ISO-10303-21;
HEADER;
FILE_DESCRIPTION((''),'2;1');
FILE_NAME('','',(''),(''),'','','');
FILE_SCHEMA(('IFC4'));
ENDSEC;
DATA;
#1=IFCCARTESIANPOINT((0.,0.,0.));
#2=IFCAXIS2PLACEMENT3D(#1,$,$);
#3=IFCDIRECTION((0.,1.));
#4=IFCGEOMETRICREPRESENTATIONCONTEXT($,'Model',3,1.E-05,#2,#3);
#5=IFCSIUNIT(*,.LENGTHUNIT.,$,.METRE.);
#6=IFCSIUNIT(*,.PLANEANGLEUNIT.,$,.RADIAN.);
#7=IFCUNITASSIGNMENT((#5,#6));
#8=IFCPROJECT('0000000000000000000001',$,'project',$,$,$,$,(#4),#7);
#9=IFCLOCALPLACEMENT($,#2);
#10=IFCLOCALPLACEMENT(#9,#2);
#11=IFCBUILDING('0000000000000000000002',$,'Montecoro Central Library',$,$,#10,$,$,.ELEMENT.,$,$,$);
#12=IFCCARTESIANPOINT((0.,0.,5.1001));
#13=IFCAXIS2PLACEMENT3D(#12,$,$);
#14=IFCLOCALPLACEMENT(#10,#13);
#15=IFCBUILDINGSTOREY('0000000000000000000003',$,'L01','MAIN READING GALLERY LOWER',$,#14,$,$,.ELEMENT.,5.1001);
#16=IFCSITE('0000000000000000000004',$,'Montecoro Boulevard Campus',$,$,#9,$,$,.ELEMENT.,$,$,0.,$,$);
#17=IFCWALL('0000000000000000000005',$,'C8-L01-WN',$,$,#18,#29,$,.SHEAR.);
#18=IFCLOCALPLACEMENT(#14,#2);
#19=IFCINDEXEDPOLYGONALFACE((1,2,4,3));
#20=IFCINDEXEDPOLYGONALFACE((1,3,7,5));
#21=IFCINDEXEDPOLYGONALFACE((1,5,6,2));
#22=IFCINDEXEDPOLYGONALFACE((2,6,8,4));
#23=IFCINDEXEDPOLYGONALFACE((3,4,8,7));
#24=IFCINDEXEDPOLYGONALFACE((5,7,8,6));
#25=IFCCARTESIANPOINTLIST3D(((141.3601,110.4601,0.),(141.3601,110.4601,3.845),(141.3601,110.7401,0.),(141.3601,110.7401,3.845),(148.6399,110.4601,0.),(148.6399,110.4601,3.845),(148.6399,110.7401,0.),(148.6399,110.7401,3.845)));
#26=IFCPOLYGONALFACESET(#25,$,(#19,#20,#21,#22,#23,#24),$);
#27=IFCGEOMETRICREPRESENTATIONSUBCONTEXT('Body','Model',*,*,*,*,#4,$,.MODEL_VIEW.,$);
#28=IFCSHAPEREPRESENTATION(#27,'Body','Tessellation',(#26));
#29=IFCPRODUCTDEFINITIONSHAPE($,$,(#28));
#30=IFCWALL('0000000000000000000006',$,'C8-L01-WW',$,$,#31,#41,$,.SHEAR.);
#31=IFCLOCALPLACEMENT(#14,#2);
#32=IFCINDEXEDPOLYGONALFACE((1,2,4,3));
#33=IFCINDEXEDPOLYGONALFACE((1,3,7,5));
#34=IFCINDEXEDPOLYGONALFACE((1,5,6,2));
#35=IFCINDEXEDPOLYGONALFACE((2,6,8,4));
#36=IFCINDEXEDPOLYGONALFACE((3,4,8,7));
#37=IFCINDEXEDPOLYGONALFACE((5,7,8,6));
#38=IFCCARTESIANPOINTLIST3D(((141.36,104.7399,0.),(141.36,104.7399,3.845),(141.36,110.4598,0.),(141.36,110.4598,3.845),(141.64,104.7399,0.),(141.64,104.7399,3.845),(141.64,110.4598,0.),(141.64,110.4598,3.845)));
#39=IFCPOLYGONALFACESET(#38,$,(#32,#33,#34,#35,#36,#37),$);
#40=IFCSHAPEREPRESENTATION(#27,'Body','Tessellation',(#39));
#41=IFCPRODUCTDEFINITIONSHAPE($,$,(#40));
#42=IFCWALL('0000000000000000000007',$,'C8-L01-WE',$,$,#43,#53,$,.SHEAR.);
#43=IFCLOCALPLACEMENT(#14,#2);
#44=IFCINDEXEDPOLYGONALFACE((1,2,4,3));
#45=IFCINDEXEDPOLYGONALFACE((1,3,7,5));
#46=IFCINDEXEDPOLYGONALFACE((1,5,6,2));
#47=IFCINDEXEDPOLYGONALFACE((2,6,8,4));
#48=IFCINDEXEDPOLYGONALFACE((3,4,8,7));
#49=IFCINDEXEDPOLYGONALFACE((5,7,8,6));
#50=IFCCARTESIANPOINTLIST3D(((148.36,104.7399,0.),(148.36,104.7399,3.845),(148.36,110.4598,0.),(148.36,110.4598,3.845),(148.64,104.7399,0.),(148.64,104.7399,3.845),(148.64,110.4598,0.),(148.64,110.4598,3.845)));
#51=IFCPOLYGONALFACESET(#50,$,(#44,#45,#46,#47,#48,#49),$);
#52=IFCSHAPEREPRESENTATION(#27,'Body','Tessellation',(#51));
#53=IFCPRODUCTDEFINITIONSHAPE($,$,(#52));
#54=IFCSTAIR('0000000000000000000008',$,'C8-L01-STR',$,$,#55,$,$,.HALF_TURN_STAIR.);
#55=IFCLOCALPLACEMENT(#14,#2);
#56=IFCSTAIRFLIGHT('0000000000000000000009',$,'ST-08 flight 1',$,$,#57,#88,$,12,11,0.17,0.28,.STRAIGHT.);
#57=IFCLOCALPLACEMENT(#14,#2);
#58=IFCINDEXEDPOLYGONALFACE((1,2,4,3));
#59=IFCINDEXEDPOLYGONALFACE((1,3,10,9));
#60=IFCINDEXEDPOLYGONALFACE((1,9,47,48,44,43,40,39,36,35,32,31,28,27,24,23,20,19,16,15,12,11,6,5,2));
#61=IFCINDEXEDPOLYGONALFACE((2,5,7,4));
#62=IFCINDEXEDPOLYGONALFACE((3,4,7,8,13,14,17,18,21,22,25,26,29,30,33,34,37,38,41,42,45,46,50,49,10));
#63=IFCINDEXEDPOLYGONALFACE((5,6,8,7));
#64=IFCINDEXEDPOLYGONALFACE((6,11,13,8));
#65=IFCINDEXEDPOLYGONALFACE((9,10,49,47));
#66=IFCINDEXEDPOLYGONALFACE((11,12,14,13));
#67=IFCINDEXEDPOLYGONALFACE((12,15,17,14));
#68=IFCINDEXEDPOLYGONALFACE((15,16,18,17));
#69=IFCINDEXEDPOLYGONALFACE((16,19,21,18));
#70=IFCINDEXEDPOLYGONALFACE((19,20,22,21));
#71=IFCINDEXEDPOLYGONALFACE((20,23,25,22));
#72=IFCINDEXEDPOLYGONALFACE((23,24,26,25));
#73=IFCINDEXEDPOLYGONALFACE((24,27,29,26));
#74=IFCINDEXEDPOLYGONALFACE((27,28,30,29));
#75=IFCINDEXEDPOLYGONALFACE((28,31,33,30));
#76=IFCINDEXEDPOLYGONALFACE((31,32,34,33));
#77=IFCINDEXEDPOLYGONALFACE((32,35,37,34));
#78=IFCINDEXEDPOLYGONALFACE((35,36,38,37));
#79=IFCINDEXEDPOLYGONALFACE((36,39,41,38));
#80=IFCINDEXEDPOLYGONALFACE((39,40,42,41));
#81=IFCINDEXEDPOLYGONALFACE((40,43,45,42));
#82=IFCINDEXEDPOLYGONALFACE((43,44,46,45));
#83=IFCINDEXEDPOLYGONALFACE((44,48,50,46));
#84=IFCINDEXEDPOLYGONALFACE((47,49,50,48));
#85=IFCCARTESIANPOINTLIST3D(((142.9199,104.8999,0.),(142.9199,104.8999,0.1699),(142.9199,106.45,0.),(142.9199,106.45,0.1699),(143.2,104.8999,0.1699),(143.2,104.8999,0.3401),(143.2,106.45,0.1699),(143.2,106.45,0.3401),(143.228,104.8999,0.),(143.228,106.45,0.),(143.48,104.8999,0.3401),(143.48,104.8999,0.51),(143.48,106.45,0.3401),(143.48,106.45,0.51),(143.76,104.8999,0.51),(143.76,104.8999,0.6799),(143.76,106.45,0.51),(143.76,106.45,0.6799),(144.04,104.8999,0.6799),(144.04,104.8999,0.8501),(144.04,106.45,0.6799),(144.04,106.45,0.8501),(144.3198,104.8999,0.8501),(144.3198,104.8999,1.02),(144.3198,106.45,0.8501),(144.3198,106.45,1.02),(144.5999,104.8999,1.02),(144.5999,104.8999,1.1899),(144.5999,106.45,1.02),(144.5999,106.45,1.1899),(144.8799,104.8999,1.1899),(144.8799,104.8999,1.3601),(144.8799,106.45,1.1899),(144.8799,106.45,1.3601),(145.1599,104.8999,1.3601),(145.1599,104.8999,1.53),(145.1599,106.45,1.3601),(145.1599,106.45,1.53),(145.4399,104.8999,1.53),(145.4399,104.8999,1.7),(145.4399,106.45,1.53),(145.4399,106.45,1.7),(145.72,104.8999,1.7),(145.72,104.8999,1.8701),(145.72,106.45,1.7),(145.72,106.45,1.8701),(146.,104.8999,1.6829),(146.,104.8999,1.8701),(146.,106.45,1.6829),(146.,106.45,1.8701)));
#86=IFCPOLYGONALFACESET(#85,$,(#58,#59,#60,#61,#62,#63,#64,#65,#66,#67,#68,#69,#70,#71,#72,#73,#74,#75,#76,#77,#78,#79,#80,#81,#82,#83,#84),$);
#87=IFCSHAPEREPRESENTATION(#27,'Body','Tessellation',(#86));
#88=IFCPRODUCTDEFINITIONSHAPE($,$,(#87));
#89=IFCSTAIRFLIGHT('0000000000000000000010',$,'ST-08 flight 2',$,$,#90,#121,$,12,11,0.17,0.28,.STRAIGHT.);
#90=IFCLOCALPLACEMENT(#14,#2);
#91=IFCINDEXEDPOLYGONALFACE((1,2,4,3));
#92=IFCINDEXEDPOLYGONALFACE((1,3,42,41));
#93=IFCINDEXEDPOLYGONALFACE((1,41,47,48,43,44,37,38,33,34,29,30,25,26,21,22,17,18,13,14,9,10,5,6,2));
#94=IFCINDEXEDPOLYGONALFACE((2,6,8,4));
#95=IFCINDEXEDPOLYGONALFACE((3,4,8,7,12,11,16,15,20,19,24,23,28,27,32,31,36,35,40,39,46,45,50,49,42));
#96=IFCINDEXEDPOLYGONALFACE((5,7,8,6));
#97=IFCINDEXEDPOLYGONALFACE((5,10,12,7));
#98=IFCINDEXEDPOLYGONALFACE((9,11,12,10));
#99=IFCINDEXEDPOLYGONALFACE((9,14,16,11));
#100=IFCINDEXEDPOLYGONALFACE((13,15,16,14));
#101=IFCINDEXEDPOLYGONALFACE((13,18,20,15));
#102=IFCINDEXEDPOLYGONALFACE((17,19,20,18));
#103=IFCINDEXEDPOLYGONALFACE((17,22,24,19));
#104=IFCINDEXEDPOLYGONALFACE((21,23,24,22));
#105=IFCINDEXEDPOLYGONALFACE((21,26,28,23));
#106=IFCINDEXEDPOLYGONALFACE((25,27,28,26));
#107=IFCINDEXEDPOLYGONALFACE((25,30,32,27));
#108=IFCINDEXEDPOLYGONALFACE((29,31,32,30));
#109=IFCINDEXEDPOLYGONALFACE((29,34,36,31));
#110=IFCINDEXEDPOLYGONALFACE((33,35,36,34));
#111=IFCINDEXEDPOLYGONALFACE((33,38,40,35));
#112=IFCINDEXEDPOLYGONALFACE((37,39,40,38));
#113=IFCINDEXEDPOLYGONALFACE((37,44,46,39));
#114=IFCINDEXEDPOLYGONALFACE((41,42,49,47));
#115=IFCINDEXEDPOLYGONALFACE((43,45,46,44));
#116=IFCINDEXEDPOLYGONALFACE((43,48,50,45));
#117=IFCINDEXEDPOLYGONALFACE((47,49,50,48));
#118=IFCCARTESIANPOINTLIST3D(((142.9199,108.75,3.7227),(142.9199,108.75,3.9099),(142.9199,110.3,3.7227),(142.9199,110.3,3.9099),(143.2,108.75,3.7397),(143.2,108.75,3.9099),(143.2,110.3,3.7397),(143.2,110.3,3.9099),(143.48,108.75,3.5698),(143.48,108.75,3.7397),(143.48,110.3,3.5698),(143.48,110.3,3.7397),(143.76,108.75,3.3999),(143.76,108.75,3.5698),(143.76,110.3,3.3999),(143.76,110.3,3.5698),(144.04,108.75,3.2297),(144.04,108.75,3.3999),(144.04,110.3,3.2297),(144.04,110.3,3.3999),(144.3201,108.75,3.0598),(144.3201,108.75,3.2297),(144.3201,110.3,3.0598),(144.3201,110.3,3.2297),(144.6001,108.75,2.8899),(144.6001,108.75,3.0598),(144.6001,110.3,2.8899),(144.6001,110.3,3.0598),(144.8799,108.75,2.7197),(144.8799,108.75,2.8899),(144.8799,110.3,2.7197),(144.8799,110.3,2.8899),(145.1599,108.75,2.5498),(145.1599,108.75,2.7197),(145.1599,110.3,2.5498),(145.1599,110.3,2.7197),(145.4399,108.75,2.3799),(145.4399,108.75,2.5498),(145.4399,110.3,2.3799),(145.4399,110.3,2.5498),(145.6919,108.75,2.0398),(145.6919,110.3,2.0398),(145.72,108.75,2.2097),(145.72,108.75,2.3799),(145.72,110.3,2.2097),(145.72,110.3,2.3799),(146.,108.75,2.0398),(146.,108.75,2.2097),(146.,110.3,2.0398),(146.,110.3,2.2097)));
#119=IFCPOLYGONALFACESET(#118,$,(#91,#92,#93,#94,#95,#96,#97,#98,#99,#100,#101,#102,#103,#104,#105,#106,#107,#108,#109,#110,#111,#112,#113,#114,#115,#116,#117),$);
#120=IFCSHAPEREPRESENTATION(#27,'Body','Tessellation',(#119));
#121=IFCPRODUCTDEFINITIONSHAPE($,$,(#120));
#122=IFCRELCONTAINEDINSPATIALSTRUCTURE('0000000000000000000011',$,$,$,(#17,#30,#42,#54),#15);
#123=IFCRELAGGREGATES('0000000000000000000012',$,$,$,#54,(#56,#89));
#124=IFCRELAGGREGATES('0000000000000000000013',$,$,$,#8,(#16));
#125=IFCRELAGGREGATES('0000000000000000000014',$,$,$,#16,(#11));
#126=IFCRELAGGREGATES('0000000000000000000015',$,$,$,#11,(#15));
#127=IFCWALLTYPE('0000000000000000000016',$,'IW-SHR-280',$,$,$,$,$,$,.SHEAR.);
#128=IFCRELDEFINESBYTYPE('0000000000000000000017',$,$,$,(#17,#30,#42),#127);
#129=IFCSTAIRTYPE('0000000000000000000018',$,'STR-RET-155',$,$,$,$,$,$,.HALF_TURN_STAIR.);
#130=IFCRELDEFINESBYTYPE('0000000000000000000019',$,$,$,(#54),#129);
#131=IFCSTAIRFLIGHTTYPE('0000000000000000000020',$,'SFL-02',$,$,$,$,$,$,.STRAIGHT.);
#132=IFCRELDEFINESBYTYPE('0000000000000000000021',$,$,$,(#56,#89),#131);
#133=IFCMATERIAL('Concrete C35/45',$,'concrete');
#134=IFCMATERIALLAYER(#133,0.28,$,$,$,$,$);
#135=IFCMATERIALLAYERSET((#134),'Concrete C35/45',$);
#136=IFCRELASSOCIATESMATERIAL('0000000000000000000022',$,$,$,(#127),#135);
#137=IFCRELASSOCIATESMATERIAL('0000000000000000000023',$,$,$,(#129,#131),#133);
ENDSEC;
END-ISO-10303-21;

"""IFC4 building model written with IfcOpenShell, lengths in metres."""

from ifc_helpers import new_model, si_unit, direction, frame, frame_2d, origin, place, context, subcontext, project, spatial, polyline, rectangle, outline, extrude, material, layer, layer_set, type_object, element, aggregate, save


model = new_model("IFC4")

# Units and contexts
model_context = context("Model", 3, precision=1e-05, world=origin(), true_north=direction((0.0, 1.0)))
body_context = subcontext(model_context, "Body", "Model", "MODEL_VIEW")
ifc_project = project(units=[si_unit("LENGTHUNIT", "METRE"), si_unit("PLANEANGLEUNIT", "RADIAN")], contexts=[model_context])

# Site, building, storey
site_placement = place(None, origin())
site = spatial("IfcSite", under=ifc_project, at=site_placement, Name="Montecoro Boulevard Campus", CompositionType="ELEMENT", RefElevation=0.0)
building_placement = place(site_placement, origin())
building = spatial("IfcBuilding", under=site, at=building_placement, Name="Montecoro Central Library", CompositionType="ELEMENT")
storey_placement = place(building_placement, frame((0.0, 0.0, 5.1001)))
storey = spatial("IfcBuildingStorey", under=building, at=storey_placement, Name="L01", Description="MAIN READING GALLERY LOWER", CompositionType="ELEMENT", Elevation=5.1001)

# Shared definitions
ifc_material_1 = material(Name="Concrete C35/45", Category="concrete")

# Shared definitions
ifc_layer_1 = layer(ifc_material_1, 0.28)
ifc_layer_set_1 = layer_set([ifc_layer_1], Name="Concrete C35/45")
wall_type_1 = type_object("IfcWallType", Name="IW-SHR-280", PredefinedType="SHEAR", material=ifc_layer_set_1)

# Walls
wall_1_placement = place(storey_placement, frame((141.3601, 110.6001, 0.0), z_axis=(0.0, 0.0, 1.0), x_axis=(1.0, 0.0, 0.0)))
element("IfcWall", 1, at=wall_1_placement, inside=storey, type_object=wall_type_1, Name="C8-L01-WN", PredefinedType="SHEAR", context=body_context, shape_type="SweptSolid", body=[
    extrude(rectangle(XDim=7.2798, YDim=0.28, at=frame_2d((3.6399, 0.0))), origin(), (0.0, 0.0, 1.0), 3.845),
])
for number, where, z_axis, x_axis, name in (
    (2, (141.5, 104.74, 0.0), (0.0, 0.0, 1.0), (0.0, 1.0, 0.0), "C8-L01-WW"),
    (3, (148.5, 104.74, 0.0), (0.0, 0.0, 1.0), (0.0, 1.0, 0.0), "C8-L01-WE"),
):
    element("IfcWall", number, at=place(storey_placement, frame(where, z_axis=z_axis, x_axis=x_axis)), inside=storey, type_object=wall_type_1, Name=name, PredefinedType="SHEAR", context=body_context, shape_type="SweptSolid", body=[
        extrude(rectangle(XDim=5.72, YDim=0.28, at=frame_2d((2.8599, 0.0))), origin(), (0.0, 0.0, 1.0), 3.845),
    ])

# Stair, stair flights
stair_type = type_object("IfcStairType", Name="STR-RET-155", PredefinedType="HALF_TURN_STAIR", material=ifc_material_1)
stair_placement = place(storey_placement, origin())
stair = element("IfcStair", 4, at=stair_placement, inside=storey, type_object=stair_type, Name="C8-L01-STR", PredefinedType="HALF_TURN_STAIR")
stair_flight_type = type_object("IfcStairFlightType", Name="SFL-02", PredefinedType="STRAIGHT", material=ifc_material_1)
stair_flight_1_placement = place(storey_placement, frame((142.9199, 105.675, 0.0), z_axis=(0.0, 0.0, 1.0), x_axis=(1.0, 0.0, 0.0)))
stair_flight_1 = element("IfcStairFlight", 5, at=stair_flight_1_placement, type_object=stair_flight_type, Name="ST-08 flight 1", NumberOfRisers=12, NumberOfTreads=11, PredefinedType="STRAIGHT", RiserHeight=0.17, TreadLength=0.28, context=body_context, shape_type="SweptSolid", body=[
    extrude(outline(polyline([(0.0, 0.0), (0.0, 0.1699), (0.28, 0.1699), (0.28, 0.3401), (0.5601, 0.3401), (0.5601, 0.51), (0.8401, 0.51), (0.8401, 0.6799), (1.1201, 0.6799), (1.1201, 0.8501), (1.3999, 0.8501), (1.3999, 1.02), (1.6799, 1.02), (1.6799, 1.1899), (1.96, 1.1899), (1.96, 1.3601), (2.24, 1.3601), (2.24, 1.53), (2.52, 1.53), (2.52, 1.7), (2.8, 1.7), (2.8, 1.8701), (3.0801, 1.8701), (3.0801, 2.04), (3.0801, 1.6829), (0.3081, 0.0), (0.0, 0.0)])), frame((0.0, 0.7749, 0.0), z_axis=(0.0, -1.0, 0.0), x_axis=(1.0, 0.0, 0.0)), (0.0, 0.0, 1.0), 1.55),
])
stair_flight_2_placement = place(storey_placement, frame((146.0, 109.5249, 2.0398), z_axis=(0.0, 0.0, 1.0), x_axis=(-1.0, 0.0, 0.0)))
stair_flight_2 = element("IfcStairFlight", 6, at=stair_flight_2_placement, type_object=stair_flight_type, Name="ST-08 flight 2", NumberOfRisers=12, NumberOfTreads=11, PredefinedType="STRAIGHT", RiserHeight=0.17, TreadLength=0.28, context=body_context, shape_type="SweptSolid", body=[
    extrude(outline(polyline([(0.0, 0.0), (0.0, 0.1699), (0.28, 0.1699), (0.28, 0.3401), (0.5601, 0.3401), (0.5601, 0.51), (0.8401, 0.51), (0.8401, 0.6799), (1.1201, 0.6799), (1.1201, 0.8501), (1.3999, 0.8501), (1.3999, 1.02), (1.6799, 1.02), (1.6799, 1.1899), (1.96, 1.1899), (1.96, 1.3601), (2.24, 1.3601), (2.24, 1.53), (2.52, 1.53), (2.52, 1.7), (2.8, 1.7), (2.8, 1.8701), (3.0801, 1.8701), (3.0801, 2.04), (3.0801, 1.6829), (0.3081, 0.0), (0.0, 0.0)])), frame((0.0, 0.7749, 0.0), z_axis=(0.0, -1.0, 0.0), x_axis=(1.0, 0.0, 0.0)), (0.0, 0.0, 1.0), 1.55),
])
aggregate(stair, [stair_flight_1, stair_flight_2])

save(model, "model.ifc")
